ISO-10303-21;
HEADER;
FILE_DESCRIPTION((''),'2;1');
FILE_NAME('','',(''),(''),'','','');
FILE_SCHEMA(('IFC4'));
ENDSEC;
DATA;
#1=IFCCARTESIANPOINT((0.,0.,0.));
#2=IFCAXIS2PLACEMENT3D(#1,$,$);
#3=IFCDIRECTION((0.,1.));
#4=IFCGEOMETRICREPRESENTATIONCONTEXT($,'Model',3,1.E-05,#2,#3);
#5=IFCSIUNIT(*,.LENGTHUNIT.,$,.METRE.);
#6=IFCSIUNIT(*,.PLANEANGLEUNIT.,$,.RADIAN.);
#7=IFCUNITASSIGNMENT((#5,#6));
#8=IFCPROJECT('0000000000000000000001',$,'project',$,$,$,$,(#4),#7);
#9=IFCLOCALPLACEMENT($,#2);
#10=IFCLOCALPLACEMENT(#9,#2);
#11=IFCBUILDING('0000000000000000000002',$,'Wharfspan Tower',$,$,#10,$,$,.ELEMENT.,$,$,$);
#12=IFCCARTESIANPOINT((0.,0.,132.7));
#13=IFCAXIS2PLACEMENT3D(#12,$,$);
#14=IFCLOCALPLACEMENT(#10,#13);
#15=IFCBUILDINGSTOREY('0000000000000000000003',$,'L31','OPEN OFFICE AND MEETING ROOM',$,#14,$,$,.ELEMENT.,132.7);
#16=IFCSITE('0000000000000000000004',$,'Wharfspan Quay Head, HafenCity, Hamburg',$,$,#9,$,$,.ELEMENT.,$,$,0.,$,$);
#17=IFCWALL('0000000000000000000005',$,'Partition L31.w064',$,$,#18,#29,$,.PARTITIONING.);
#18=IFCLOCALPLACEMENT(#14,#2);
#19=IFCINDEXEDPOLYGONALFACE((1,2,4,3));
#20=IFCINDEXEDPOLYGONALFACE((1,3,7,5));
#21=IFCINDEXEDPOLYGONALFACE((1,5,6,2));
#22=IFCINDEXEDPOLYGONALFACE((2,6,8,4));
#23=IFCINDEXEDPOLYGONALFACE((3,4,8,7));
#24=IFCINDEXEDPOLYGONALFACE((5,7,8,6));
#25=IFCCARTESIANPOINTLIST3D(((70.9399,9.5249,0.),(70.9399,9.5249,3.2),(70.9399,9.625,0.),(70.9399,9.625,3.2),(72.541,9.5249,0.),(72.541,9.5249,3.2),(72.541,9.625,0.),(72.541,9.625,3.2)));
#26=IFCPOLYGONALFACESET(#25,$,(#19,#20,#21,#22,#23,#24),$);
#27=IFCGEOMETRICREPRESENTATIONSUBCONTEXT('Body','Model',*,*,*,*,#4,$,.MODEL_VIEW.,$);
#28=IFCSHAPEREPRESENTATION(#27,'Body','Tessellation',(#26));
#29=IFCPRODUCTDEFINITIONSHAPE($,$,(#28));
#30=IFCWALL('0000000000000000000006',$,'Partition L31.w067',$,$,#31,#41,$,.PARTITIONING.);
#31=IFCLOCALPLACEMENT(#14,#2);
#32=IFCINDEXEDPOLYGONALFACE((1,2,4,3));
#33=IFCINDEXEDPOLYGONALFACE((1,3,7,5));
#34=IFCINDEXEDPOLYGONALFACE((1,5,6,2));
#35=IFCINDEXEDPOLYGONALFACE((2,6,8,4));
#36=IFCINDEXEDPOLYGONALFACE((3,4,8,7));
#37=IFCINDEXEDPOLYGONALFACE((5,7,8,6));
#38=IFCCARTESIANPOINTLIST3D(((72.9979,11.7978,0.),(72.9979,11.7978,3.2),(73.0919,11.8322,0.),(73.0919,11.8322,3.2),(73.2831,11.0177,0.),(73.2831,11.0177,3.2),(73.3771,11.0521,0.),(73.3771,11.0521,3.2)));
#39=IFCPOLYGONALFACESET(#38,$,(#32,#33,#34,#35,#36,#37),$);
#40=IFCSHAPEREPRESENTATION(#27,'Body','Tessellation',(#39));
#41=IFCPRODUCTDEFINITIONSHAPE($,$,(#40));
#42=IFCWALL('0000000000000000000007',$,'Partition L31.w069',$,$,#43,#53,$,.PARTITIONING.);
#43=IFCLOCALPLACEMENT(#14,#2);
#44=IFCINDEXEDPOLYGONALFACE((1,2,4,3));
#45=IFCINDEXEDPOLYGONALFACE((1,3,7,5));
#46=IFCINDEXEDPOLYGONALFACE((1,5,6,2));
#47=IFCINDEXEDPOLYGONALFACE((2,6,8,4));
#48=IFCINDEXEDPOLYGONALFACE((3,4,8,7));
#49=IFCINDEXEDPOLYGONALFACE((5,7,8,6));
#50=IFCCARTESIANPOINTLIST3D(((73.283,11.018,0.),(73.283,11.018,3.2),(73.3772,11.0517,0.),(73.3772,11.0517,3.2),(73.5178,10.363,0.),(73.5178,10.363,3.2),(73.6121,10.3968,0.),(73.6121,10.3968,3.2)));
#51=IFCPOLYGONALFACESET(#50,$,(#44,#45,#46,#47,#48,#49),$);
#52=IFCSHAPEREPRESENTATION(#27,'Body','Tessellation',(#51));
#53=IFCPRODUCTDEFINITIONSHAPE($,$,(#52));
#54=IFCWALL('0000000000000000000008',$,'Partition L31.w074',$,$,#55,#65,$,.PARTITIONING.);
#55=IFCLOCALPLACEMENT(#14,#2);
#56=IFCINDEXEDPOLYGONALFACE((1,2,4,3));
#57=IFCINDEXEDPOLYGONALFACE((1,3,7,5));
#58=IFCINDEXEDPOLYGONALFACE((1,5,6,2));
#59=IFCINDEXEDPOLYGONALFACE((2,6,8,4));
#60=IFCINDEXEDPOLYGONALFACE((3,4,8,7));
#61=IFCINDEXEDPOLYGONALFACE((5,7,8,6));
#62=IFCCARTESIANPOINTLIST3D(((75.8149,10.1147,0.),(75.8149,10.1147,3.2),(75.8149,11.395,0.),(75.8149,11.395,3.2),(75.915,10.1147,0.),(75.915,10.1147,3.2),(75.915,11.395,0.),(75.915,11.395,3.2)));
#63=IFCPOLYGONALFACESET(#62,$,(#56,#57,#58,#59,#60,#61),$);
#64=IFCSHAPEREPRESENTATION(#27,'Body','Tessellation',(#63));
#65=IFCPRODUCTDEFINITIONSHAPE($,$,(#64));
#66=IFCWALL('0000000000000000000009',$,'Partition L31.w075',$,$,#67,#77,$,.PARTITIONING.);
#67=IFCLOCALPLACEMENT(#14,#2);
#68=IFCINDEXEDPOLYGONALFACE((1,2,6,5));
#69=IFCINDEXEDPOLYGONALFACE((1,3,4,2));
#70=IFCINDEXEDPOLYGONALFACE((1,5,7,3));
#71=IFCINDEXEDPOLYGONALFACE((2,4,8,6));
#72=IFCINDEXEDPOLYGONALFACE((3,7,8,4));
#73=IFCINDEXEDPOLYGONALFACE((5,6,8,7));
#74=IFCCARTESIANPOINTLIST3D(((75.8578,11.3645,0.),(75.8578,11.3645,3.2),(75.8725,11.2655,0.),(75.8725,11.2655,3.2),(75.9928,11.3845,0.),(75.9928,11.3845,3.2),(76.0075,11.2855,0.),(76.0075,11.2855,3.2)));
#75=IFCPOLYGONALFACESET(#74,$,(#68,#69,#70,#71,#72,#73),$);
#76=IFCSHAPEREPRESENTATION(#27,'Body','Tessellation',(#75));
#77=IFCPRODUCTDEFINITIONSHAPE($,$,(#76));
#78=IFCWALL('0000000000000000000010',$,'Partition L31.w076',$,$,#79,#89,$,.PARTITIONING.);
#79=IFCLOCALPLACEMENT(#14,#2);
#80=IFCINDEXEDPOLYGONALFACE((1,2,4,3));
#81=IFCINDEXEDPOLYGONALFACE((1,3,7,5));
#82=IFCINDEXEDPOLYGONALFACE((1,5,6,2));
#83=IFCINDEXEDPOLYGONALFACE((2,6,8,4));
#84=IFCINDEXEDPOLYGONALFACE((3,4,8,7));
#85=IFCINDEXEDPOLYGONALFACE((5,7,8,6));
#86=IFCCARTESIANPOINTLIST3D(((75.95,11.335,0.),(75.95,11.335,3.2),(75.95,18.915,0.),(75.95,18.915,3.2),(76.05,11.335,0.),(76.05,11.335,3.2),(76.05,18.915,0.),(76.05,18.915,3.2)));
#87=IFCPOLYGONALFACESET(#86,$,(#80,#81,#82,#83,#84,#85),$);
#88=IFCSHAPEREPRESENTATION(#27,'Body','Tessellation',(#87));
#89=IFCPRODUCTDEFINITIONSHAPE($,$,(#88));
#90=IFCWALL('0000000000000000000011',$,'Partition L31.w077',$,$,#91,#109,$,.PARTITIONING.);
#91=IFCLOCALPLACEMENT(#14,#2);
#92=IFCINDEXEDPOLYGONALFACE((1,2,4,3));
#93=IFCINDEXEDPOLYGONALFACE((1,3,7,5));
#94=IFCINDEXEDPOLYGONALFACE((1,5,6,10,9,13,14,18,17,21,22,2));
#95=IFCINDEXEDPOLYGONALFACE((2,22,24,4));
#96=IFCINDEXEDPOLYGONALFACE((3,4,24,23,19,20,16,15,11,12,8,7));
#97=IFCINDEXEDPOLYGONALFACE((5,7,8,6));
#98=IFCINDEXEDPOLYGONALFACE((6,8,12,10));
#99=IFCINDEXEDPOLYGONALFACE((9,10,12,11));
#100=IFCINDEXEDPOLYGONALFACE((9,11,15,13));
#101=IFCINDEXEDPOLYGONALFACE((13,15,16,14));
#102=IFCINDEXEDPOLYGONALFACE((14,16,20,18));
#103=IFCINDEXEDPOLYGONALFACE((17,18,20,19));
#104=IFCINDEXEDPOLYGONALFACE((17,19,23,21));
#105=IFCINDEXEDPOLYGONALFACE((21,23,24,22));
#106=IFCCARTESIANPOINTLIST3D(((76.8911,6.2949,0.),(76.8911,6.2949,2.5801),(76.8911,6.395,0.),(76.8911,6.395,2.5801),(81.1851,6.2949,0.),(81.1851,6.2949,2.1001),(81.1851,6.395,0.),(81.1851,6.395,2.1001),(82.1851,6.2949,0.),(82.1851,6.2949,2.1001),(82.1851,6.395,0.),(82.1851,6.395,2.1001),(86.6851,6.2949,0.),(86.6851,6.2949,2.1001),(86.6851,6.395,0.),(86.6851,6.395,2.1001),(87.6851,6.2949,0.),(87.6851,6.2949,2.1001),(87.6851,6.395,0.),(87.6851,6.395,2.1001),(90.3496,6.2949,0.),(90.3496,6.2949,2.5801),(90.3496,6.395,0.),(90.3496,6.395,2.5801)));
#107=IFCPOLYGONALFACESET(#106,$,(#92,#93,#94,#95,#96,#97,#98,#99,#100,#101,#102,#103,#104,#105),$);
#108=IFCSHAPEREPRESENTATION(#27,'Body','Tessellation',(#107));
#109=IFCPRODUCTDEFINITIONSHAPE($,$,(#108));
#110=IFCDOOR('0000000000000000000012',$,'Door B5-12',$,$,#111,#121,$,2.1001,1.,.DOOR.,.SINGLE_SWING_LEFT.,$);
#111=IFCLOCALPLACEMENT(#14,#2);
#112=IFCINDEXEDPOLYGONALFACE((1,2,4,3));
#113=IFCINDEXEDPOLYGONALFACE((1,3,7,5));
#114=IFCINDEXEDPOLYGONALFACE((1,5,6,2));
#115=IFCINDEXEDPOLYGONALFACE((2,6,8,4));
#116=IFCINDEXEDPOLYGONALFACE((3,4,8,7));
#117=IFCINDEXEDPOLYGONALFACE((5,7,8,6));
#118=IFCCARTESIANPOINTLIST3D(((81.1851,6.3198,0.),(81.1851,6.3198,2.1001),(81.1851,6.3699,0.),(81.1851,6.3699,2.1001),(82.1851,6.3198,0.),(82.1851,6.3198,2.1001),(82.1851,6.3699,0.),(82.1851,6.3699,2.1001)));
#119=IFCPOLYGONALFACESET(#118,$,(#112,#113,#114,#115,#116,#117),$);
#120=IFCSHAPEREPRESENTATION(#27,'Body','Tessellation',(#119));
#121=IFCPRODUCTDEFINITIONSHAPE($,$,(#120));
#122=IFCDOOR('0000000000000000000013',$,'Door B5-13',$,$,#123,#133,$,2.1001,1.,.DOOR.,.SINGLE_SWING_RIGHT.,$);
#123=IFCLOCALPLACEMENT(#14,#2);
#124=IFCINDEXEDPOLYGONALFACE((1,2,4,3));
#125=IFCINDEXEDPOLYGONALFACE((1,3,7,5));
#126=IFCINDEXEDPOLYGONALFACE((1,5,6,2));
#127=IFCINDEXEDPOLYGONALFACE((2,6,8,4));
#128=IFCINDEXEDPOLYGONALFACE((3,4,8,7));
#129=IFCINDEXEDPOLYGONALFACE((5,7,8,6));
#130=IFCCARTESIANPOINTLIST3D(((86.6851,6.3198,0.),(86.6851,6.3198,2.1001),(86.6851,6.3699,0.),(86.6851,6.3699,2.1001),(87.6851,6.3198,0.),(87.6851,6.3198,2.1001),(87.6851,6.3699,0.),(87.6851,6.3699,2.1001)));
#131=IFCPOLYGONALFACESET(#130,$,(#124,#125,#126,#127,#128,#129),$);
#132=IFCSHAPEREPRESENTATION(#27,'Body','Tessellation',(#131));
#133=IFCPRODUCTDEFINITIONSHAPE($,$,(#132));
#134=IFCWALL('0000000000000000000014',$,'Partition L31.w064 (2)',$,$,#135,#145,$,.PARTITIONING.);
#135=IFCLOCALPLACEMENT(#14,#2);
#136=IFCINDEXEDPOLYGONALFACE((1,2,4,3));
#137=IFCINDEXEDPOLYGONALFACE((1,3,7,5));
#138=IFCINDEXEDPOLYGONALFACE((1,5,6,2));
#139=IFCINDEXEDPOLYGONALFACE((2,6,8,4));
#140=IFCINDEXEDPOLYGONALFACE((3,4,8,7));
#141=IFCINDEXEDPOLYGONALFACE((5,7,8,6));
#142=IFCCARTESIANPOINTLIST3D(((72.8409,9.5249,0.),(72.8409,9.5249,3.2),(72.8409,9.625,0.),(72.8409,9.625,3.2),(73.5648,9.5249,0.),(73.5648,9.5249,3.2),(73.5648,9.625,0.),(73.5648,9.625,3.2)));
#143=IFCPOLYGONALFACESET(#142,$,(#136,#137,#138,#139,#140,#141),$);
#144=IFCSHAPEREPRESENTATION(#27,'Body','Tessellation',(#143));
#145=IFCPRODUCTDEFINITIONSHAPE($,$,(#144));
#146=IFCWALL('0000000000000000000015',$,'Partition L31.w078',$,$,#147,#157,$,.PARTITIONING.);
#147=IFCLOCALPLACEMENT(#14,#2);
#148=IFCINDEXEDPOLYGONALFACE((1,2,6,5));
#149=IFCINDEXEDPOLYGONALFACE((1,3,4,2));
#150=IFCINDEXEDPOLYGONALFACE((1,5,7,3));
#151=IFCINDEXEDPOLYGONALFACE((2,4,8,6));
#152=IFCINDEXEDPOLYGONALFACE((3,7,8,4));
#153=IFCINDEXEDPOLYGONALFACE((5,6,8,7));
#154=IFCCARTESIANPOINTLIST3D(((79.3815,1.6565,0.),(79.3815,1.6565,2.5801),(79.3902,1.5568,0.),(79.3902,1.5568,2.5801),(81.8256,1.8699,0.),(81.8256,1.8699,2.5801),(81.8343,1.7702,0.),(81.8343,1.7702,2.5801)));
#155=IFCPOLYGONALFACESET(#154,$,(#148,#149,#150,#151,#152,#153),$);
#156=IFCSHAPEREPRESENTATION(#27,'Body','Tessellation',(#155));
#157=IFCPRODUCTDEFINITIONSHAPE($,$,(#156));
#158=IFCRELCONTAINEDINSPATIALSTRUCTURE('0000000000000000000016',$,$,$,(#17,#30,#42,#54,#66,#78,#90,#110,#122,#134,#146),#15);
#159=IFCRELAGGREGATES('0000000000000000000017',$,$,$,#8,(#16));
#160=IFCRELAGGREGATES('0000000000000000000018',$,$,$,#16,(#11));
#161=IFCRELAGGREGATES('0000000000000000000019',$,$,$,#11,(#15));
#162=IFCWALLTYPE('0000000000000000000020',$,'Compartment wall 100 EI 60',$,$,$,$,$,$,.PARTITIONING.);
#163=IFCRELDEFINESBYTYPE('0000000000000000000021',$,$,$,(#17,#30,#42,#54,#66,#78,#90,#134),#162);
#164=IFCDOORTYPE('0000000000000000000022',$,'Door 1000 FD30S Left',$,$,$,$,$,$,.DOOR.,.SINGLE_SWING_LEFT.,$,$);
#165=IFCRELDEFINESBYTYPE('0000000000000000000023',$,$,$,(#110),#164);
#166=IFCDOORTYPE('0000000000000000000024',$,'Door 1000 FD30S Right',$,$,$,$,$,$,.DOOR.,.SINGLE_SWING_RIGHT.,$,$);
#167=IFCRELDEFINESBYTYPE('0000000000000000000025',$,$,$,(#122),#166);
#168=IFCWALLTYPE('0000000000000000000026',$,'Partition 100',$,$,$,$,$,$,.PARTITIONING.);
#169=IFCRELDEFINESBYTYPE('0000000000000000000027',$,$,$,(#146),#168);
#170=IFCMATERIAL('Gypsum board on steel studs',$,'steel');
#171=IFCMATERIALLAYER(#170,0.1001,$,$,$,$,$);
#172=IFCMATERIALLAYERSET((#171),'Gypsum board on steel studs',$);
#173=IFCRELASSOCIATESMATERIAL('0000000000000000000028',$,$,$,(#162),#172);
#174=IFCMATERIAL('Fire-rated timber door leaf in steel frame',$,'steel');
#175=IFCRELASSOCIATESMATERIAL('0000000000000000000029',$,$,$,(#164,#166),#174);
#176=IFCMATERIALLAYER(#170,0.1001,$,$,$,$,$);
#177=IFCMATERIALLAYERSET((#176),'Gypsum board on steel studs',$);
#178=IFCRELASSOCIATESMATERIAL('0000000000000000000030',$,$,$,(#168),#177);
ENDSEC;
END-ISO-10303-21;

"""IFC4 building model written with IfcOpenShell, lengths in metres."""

from ifc_helpers import new_model, si_unit, direction, frame, frame_2d, origin, place, context, subcontext, project, spatial, rectangle, extrude, material, layer, layer_set, type_object, element, fill, save


model = new_model("IFC4")

# Units and contexts
model_context = context("Model", 3, precision=1e-05, world=origin(), true_north=direction((0.0, 1.0)))
body_context = subcontext(model_context, "Body", "Model", "MODEL_VIEW")
ifc_project = project(units=[si_unit("LENGTHUNIT", "METRE"), si_unit("PLANEANGLEUNIT", "RADIAN")], contexts=[model_context])

# Site, building, storey
site_placement = place(None, origin())
site = spatial("IfcSite", under=ifc_project, at=site_placement, Name="Wharfspan Quay Head, HafenCity, Hamburg", CompositionType="ELEMENT", RefElevation=0.0)
building_placement = place(site_placement, origin())
building = spatial("IfcBuilding", under=site, at=building_placement, Name="Wharfspan Tower", CompositionType="ELEMENT")
storey_placement = place(building_placement, frame((0.0, 0.0, 132.7)))
storey = spatial("IfcBuildingStorey", under=building, at=storey_placement, Name="L31", Description="OPEN OFFICE AND MEETING ROOM", CompositionType="ELEMENT", Elevation=132.7)

# Walls
ifc_material_1 = material(Name="Gypsum board on steel studs", Category="steel")
ifc_layer_1 = layer(ifc_material_1, 0.1001)
ifc_layer_set_1 = layer_set([ifc_layer_1], Name="Gypsum board on steel studs")
wall_type_1 = type_object("IfcWallType", Name="Compartment wall 100 EI 60", PredefinedType="PARTITIONING", material=ifc_layer_set_1)
wall_1_placement = place(storey_placement, frame((70.9399, 9.575, 0.0), z_axis=(0.0, 0.0, 1.0), x_axis=(1.0, 0.0, 0.0)))
element("IfcWall", 1, at=wall_1_placement, inside=storey, type_object=wall_type_1, Name="Partition L31.w064", PredefinedType="PARTITIONING", context=body_context, shape_type="SweptSolid", body=[
    extrude(rectangle(XDim=1.6011, YDim=0.1001, at=frame_2d((0.8005, 0.0))), origin(), (0.0, 0.0, 1.0), 3.2),
])
wall_2_placement = place(storey_placement, frame((73.3301, 11.0349, 0.0), z_axis=(0.0, 0.0, 1.0), x_axis=(-0.343347, 0.939207, 0.0)))
element("IfcWall", 2, at=wall_2_placement, inside=storey, type_object=wall_type_1, Name="Partition L31.w067", PredefinedType="PARTITIONING", context=body_context, shape_type="SweptSolid", body=[
    extrude(rectangle(XDim=0.8306, YDim=0.1001, at=frame_2d((0.4153, 0.0))), origin(), (0.0, 0.0, 1.0), 3.2),
])
wall_3_placement = place(storey_placement, frame((73.5649, 10.3799, 0.0), z_axis=(0.0, 0.0, 1.0), x_axis=(-0.337515, 0.941323, 0.0)))
element("IfcWall", 3, at=wall_3_placement, inside=storey, type_object=wall_type_1, Name="Partition L31.w069", PredefinedType="PARTITIONING", context=body_context, shape_type="SweptSolid", body=[
    extrude(rectangle(XDim=0.6958, YDim=0.1001, at=frame_2d((0.3479, 0.0))), origin(), (0.0, 0.0, 1.0), 3.2),
])
wall_4_placement = place(storey_placement, frame((75.865, 10.1147, 0.0), z_axis=(0.0, 0.0, 1.0), x_axis=(0.0, 1.0, 0.0)))
element("IfcWall", 4, at=wall_4_placement, inside=storey, type_object=wall_type_1, Name="Partition L31.w074", PredefinedType="PARTITIONING", context=body_context, shape_type="SweptSolid", body=[
    extrude(rectangle(XDim=1.2803, YDim=0.1001, at=frame_2d((0.6401, 0.0))), origin(), (0.0, 0.0, 1.0), 3.2),
])
wall_5_placement = place(storey_placement, frame((75.865, 11.3149, 0.0), z_axis=(0.0, 0.0, 1.0), x_axis=(0.989182, 0.146678, 0.0)))
element("IfcWall", 5, at=wall_5_placement, inside=storey, type_object=wall_type_1, Name="Partition L31.w075", PredefinedType="PARTITIONING", context=body_context, shape_type="SweptSolid", body=[
    extrude(rectangle(XDim=0.1365, YDim=0.1001, at=frame_2d((0.0684, 0.0))), origin(), (0.0, 0.0, 1.0), 3.2),
])
wall_6_placement = place(storey_placement, frame((76.0, 11.335, 0.0), z_axis=(0.0, 0.0, 1.0), x_axis=(0.0, 1.0, 0.0)))
element("IfcWall", 6, at=wall_6_placement, inside=storey, type_object=wall_type_1, Name="Partition L31.w076", PredefinedType="PARTITIONING", context=body_context, shape_type="SweptSolid", body=[
    extrude(rectangle(XDim=7.5801, YDim=0.1001, at=frame_2d((3.79, 0.0))), origin(), (0.0, 0.0, 1.0), 3.2),
])

# Wall, openings, doors
wall_7_placement = place(storey_placement, frame((76.8911, 6.345, 0.0), z_axis=(0.0, 0.0, 1.0), x_axis=(1.0, 0.0, 0.0)))
wall_7 = element("IfcWall", 7, at=wall_7_placement, inside=storey, type_object=wall_type_1, Name="Partition L31.w077", PredefinedType="PARTITIONING", context=body_context, shape_type="SweptSolid", body=[
    extrude(rectangle(XDim=13.4585, YDim=0.1001, at=frame_2d((6.7292, 0.0))), origin(), (0.0, 0.0, 1.0), 2.5801),
])
opening_1_placement = place(wall_7_placement, frame((4.2939, 0.0, 0.0)))
opening_1 = element("IfcOpeningElement", 8, at=opening_1_placement, cuts=wall_7, PredefinedType="OPENING", context=body_context, shape_type="SweptSolid", body=[
    extrude(rectangle(XDim=1.0, YDim=2.1001, at=frame_2d((0.5, 1.05))), frame((0.0, 0.0601, 0.0), z_axis=(0.0, -1.0, 0.0), x_axis=(1.0, 0.0, 0.0)), (0.0, 0.0, 1.0), 0.1201),
])
opening_2_placement = place(wall_7_placement, frame((9.7939, 0.0, 0.0)))
opening_2 = element("IfcOpeningElement", 9, at=opening_2_placement, cuts=wall_7, PredefinedType="OPENING", context=body_context, shape_type="SweptSolid", body=[
    extrude(rectangle(XDim=1.0, YDim=2.1001, at=frame_2d((0.5, 1.05))), frame((0.0, 0.0601, 0.0), z_axis=(0.0, -1.0, 0.0), x_axis=(1.0, 0.0, 0.0)), (0.0, 0.0, 1.0), 0.1201),
])
ifc_material_2 = material(Name="Fire-rated timber door leaf in steel frame", Category="steel")
door_type_1 = type_object("IfcDoorType", Name="Door 1000 FD30S Left", OperationType="SINGLE_SWING_LEFT", PredefinedType="DOOR", material=ifc_material_2)
door_1_placement = place(opening_1_placement, origin())
door_1 = element("IfcDoor", 10, at=door_1_placement, inside=storey, type_object=door_type_1, Name="Door B5-12", OperationType="SINGLE_SWING_LEFT", OverallHeight=2.1001, OverallWidth=1.0, PredefinedType="DOOR", context=body_context, shape_type="SweptSolid", body=[
    extrude(rectangle(XDim=1.0, YDim=2.1001, at=frame_2d((0.5, 1.05))), frame((0.0, 0.0249, 0.0), z_axis=(0.0, -1.0, 0.0), x_axis=(1.0, 0.0, 0.0)), (0.0, 0.0, 1.0), 0.05),
])
fill(opening_1, door_1)
door_type_2 = type_object("IfcDoorType", Name="Door 1000 FD30S Right", OperationType="SINGLE_SWING_RIGHT", PredefinedType="DOOR", material=ifc_material_2)
door_2_placement = place(opening_2_placement, origin())
door_2 = element("IfcDoor", 11, at=door_2_placement, inside=storey, type_object=door_type_2, Name="Door B5-13", OperationType="SINGLE_SWING_RIGHT", OverallHeight=2.1001, OverallWidth=1.0, PredefinedType="DOOR", context=body_context, shape_type="SweptSolid", body=[
    extrude(rectangle(XDim=1.0, YDim=2.1001, at=frame_2d((0.5, 1.05))), frame((0.0, 0.0249, 0.0), z_axis=(0.0, -1.0, 0.0), x_axis=(1.0, 0.0, 0.0)), (0.0, 0.0, 1.0), 0.05),
])
fill(opening_2, door_2)

# Walls
wall_8_placement = place(storey_placement, frame((72.8411, 9.575, 0.0), z_axis=(0.0, 0.0, 1.0), x_axis=(1.0, 0.0, 0.0)))
element("IfcWall", 12, at=wall_8_placement, inside=storey, type_object=wall_type_1, Name="Partition L31.w064 (2)", PredefinedType="PARTITIONING", context=body_context, shape_type="SweptSolid", body=[
    extrude(rectangle(XDim=0.7239, YDim=0.1001, at=frame_2d((0.3618, 0.0))), origin(), (0.0, 0.0, 1.0), 3.2),
])
ifc_layer_2 = layer(ifc_material_1, 0.1001)
ifc_layer_set_2 = layer_set([ifc_layer_2], Name="Gypsum board on steel studs")
wall_type_2 = type_object("IfcWallType", Name="Partition 100", PredefinedType="PARTITIONING", material=ifc_layer_set_2)
wall_9_placement = place(storey_placement, frame((79.386, 1.6067, 0.0), z_axis=(0.0, 0.0, 1.0), x_axis=(0.996209, 0.086973, 0.0)))
element("IfcWall", 13, at=wall_9_placement, inside=storey, type_object=wall_type_2, Name="Partition L31.w078", PredefinedType="PARTITIONING", context=body_context, shape_type="SweptSolid", body=[
    extrude(rectangle(XDim=2.4534, YDim=0.1001, at=frame_2d((1.2266, 0.0))), origin(), (0.0, 0.0, 1.0), 2.5801),
])

save(model, "model.ifc")
